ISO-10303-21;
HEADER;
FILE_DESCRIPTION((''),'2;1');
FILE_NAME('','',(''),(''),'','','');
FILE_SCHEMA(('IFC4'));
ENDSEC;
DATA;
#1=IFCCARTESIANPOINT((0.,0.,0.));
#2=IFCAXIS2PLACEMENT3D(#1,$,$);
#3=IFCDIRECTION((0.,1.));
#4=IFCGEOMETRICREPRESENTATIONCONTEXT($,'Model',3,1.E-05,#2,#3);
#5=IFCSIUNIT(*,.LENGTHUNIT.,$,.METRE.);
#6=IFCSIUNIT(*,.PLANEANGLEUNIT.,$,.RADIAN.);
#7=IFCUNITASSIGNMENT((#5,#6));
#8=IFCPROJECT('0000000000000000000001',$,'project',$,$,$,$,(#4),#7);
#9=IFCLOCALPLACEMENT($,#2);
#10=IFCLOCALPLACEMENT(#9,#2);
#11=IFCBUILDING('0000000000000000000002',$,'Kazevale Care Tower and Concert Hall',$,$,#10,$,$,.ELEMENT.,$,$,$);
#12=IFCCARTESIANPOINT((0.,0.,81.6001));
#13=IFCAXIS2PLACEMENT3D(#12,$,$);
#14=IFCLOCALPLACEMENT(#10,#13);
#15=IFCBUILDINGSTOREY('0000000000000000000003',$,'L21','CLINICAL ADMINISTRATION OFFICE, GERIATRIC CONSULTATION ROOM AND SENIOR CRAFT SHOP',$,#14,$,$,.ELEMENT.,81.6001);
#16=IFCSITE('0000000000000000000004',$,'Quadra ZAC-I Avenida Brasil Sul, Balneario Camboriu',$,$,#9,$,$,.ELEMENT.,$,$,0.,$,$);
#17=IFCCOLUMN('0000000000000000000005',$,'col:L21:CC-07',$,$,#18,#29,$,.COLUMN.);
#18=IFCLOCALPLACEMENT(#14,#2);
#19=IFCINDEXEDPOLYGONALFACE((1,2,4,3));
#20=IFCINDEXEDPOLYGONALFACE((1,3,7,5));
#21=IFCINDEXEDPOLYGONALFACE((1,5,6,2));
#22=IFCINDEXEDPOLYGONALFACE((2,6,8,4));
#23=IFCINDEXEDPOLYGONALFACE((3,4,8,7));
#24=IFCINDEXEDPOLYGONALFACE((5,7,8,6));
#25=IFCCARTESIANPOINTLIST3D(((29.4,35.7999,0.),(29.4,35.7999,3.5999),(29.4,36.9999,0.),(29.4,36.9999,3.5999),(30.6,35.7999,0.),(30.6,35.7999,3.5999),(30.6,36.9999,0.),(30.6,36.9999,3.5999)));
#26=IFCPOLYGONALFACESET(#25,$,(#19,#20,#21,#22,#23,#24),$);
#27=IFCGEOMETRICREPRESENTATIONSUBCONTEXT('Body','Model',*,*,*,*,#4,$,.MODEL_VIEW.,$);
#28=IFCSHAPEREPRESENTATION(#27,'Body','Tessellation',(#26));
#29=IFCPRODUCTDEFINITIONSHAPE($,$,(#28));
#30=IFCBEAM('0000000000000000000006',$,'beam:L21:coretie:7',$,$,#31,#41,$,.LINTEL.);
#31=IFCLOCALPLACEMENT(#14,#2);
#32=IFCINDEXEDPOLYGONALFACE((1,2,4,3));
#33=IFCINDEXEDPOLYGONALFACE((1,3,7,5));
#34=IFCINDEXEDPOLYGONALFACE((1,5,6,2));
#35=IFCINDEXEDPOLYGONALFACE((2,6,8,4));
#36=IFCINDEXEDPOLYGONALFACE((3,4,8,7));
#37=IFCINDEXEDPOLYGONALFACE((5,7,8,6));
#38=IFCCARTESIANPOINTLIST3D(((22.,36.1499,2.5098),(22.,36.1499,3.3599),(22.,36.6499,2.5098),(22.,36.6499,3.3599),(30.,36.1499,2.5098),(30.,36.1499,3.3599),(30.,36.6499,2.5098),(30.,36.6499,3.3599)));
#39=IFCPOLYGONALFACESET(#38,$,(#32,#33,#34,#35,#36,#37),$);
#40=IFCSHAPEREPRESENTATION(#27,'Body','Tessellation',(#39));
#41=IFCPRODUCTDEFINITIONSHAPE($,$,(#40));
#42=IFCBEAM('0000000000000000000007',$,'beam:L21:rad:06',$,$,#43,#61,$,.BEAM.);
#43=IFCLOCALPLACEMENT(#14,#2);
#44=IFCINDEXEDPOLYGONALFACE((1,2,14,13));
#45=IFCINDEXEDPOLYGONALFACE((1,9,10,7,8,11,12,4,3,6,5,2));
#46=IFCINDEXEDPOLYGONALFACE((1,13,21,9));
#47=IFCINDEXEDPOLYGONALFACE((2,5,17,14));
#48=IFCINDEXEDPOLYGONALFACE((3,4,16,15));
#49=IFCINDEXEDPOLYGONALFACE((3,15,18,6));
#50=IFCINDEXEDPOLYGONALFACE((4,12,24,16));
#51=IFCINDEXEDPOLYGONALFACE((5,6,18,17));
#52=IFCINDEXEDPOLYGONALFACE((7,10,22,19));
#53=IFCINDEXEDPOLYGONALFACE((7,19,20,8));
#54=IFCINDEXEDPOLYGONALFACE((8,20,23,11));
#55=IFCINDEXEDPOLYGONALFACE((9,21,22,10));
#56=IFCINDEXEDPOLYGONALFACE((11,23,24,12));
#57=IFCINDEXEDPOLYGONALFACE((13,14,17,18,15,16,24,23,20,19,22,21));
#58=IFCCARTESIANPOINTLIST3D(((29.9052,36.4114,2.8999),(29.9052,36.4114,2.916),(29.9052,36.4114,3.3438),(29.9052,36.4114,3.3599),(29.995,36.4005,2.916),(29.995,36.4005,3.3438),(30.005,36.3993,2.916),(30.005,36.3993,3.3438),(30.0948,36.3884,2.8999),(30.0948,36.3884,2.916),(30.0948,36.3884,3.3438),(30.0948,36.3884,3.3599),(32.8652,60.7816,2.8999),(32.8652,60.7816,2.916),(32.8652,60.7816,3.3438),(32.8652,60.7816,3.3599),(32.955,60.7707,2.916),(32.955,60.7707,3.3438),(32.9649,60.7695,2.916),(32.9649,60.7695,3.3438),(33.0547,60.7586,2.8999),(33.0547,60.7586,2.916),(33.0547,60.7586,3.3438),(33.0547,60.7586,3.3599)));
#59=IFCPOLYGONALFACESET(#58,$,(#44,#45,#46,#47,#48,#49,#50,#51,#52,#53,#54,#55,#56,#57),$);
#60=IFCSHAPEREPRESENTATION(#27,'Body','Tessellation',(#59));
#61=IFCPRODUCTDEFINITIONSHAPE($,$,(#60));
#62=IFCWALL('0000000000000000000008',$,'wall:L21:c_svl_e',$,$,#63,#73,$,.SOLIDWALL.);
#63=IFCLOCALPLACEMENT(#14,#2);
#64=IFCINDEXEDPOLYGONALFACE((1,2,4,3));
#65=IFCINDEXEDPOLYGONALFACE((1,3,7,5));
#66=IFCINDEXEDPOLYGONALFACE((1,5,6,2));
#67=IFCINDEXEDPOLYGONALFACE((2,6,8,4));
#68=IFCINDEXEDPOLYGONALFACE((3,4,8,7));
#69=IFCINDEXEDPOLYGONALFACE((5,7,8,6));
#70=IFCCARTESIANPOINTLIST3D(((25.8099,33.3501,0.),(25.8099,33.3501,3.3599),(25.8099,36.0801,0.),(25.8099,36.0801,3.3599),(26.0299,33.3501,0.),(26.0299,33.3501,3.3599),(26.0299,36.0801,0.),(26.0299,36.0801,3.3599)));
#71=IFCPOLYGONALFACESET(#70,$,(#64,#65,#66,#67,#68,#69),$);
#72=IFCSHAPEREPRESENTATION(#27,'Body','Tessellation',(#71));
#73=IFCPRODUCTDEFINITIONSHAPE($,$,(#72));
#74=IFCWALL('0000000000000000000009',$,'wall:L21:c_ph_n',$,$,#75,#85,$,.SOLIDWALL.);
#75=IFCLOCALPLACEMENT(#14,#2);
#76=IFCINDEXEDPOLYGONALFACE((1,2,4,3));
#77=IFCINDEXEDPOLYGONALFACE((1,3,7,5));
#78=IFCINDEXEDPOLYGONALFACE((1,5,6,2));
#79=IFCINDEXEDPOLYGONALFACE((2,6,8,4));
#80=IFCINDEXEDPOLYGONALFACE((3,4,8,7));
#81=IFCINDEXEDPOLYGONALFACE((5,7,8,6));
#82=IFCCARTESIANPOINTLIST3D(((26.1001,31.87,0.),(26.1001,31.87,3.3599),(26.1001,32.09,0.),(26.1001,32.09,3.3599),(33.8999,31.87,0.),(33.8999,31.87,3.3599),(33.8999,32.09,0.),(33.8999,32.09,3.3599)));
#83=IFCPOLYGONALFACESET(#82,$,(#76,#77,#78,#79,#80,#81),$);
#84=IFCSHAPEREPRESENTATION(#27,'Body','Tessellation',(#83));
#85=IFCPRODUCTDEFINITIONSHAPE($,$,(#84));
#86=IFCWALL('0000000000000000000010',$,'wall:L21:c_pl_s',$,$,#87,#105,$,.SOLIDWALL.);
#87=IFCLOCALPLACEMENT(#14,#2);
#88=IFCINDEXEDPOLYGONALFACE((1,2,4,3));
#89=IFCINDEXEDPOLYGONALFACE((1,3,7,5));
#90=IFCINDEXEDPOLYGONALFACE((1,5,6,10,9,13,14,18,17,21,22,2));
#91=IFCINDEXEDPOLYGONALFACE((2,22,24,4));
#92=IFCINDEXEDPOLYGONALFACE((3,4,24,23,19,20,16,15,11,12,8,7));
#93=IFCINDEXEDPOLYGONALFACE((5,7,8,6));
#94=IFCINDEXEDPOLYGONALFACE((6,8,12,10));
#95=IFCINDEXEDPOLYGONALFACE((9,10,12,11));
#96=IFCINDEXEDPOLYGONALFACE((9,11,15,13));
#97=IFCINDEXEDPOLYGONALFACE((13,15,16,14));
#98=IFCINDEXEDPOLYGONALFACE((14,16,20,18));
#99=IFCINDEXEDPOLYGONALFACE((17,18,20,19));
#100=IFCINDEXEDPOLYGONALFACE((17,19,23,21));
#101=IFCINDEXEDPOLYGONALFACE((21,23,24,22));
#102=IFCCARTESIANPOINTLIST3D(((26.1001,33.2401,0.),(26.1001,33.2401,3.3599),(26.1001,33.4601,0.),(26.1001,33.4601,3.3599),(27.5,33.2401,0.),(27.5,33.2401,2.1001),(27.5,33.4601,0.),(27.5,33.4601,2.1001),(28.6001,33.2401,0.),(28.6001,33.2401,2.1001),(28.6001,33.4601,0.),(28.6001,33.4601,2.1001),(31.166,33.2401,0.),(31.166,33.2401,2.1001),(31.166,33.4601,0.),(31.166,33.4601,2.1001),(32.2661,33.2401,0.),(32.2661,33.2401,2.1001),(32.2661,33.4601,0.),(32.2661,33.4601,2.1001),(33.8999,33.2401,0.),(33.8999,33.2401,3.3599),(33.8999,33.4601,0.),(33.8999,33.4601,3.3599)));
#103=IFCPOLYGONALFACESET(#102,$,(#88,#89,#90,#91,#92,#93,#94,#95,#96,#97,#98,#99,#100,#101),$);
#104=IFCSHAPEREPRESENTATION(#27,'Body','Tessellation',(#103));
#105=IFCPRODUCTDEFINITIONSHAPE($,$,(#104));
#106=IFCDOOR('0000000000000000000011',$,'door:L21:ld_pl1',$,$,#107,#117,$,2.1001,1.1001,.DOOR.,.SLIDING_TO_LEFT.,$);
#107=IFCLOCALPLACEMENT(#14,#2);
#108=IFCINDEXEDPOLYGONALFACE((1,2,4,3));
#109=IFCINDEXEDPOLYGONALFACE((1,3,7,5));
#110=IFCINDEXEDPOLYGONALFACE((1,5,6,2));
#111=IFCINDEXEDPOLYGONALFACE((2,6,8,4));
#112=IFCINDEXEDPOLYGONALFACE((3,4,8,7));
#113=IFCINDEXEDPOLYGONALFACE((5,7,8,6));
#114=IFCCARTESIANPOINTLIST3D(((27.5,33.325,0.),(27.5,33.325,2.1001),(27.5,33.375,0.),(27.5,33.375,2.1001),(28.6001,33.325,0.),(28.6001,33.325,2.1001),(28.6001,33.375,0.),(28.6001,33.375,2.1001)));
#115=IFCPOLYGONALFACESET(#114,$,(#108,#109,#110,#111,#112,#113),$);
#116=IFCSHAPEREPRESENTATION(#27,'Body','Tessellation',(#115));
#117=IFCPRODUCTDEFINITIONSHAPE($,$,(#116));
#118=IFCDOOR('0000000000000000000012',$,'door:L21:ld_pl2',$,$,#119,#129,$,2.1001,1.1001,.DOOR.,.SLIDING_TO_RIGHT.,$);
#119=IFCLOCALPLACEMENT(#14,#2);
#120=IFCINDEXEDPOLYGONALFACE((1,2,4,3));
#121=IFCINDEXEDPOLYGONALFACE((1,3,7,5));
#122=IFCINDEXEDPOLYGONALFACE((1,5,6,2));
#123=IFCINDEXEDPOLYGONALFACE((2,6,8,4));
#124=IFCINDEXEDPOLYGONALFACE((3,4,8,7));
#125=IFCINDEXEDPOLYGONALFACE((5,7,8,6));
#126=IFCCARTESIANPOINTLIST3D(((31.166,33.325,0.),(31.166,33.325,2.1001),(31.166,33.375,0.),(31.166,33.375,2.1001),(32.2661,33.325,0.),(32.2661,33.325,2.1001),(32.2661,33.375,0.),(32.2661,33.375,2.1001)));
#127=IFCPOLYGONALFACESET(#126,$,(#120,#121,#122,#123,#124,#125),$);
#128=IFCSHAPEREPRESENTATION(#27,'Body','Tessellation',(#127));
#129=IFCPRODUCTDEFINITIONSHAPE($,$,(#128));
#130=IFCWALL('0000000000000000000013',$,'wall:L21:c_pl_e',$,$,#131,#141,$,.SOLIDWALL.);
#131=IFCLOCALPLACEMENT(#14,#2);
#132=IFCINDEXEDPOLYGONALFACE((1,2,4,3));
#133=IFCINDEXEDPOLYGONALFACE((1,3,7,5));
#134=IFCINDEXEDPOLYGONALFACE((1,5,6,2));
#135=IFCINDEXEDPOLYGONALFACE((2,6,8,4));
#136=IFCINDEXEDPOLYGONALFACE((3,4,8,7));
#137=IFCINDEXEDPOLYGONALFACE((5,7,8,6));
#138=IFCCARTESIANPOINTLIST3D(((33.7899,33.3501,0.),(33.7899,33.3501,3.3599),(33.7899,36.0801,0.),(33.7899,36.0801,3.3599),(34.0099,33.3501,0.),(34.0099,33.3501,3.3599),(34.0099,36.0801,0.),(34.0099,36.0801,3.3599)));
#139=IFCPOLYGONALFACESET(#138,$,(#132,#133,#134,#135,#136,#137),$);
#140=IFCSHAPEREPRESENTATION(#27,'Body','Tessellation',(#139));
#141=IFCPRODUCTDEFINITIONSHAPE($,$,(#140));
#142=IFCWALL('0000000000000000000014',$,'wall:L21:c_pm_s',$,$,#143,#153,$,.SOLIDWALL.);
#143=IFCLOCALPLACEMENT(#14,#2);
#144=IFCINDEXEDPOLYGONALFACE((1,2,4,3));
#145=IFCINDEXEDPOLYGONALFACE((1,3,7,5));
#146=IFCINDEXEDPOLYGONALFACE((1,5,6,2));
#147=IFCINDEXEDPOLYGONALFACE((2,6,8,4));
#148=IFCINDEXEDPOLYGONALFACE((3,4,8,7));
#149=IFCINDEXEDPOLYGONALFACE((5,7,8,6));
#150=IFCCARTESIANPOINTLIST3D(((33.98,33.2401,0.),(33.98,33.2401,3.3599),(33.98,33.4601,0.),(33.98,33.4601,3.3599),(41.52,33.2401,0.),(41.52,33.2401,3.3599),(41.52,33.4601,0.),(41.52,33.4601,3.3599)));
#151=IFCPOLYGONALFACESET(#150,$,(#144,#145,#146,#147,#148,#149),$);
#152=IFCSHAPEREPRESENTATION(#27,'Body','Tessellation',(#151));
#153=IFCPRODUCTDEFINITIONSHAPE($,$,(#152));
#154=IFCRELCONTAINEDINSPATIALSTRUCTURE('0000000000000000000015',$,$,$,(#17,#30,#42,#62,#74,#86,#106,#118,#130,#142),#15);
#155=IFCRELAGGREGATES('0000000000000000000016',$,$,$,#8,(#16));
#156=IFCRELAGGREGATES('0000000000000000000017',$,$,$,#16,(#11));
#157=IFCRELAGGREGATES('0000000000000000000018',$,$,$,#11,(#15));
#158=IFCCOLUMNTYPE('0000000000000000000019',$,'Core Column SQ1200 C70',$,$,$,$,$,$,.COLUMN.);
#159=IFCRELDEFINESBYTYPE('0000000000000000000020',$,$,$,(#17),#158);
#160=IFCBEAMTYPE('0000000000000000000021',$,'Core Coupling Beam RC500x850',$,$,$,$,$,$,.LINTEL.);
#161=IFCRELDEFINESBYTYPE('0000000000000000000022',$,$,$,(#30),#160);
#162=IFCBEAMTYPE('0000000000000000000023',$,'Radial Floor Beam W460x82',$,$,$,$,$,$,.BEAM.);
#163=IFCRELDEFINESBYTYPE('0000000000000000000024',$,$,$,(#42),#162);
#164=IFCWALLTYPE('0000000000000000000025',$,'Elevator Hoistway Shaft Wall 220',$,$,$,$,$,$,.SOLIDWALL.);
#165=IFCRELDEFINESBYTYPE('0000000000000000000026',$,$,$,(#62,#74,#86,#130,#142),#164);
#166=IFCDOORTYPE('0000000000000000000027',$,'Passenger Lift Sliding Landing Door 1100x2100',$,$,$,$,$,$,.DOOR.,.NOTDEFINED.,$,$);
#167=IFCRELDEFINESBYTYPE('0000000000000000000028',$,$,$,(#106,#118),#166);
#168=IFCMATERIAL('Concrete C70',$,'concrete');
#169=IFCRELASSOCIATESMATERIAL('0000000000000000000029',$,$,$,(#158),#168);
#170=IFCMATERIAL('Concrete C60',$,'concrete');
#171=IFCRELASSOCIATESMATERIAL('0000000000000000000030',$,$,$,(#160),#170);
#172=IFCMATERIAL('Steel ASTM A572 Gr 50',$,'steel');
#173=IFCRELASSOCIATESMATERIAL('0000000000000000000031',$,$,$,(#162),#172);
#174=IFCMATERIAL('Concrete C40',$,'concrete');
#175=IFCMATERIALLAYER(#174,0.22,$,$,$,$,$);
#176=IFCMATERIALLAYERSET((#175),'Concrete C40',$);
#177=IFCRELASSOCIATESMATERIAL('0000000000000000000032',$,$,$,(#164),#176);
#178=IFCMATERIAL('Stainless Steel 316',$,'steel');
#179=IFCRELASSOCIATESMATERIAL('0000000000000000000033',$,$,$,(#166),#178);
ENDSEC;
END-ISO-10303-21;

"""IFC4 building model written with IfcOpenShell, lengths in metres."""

from ifc_helpers import new_model, si_unit, direction, frame, frame_2d, origin, origin_2d, place, context, subcontext, project, spatial, rectangle, i_section, extrude, material, layer, layer_set, material_profile, profile_set, type_object, element, fill, save


model = new_model("IFC4")

# Units and contexts
model_context = context("Model", 3, precision=1e-05, world=origin(), true_north=direction((0.0, 1.0)))
body_context = subcontext(model_context, "Body", "Model", "MODEL_VIEW")
ifc_project = project(units=[si_unit("LENGTHUNIT", "METRE"), si_unit("PLANEANGLEUNIT", "RADIAN")], contexts=[model_context])

# Site, building, storey
site_placement = place(None, origin())
site = spatial("IfcSite", under=ifc_project, at=site_placement, Name="Quadra ZAC-I Avenida Brasil Sul, Balneario Camboriu", CompositionType="ELEMENT", RefElevation=0.0)
building_placement = place(site_placement, origin())
building = spatial("IfcBuilding", under=site, at=building_placement, Name="Kazevale Care Tower and Concert Hall", CompositionType="ELEMENT")
storey_placement = place(building_placement, frame((0.0, 0.0, 81.6001)))
storey = spatial("IfcBuildingStorey", under=building, at=storey_placement, Name="L21", Description="CLINICAL ADMINISTRATION OFFICE, GERIATRIC CONSULTATION ROOM AND SENIOR CRAFT SHOP", CompositionType="ELEMENT", Elevation=81.6001)

# Column
ifc_material_1 = material(Name="Concrete C70", Category="concrete")
ifc_material_profile_1 = material_profile(ifc_material_1, rectangle(XDim=1.2, YDim=1.2, at=origin_2d()), Name="RC-SQ1200")
ifc_profile_set_1 = profile_set([ifc_material_profile_1], Name="Concrete C70")
column_type = type_object("IfcColumnType", Name="Core Column SQ1200 C70", PredefinedType="COLUMN", material=ifc_profile_set_1)
column_placement = place(storey_placement, frame((30.0, 36.3999, 0.0), z_axis=(0.0, 0.0, 1.0), x_axis=(1.0, 0.0, 0.0)))
element("IfcColumn", 1, at=column_placement, inside=storey, type_object=column_type, Name="col:L21:CC-07", PredefinedType="COLUMN", context=body_context, shape_type="SweptSolid", body=[
    extrude(rectangle(XDim=1.2, YDim=1.2, at=origin_2d()), origin(), (0.0, 0.0, 1.0), 3.5999),
])

# Beams
ifc_material_2 = material(Name="Concrete C60", Category="concrete")
ifc_material_profile_2 = material_profile(ifc_material_2, rectangle(XDim=0.5, YDim=0.8501, at=origin_2d()), Name="RC-B500x850")
ifc_profile_set_2 = profile_set([ifc_material_profile_2], Name="Concrete C60")
beam_type_1 = type_object("IfcBeamType", Name="Core Coupling Beam RC500x850", PredefinedType="LINTEL", material=ifc_profile_set_2)
beam_1_placement = place(storey_placement, frame((30.0, 36.3999, 2.9348), z_axis=(-1.0, 0.0, 0.0), x_axis=(0.0, -1.0, 0.0)))
element("IfcBeam", 2, at=beam_1_placement, inside=storey, type_object=beam_type_1, Name="beam:L21:coretie:7", PredefinedType="LINTEL", context=body_context, shape_type="SweptSolid", body=[
    extrude(rectangle(XDim=0.5, YDim=0.8501, at=origin_2d()), origin(), (0.0, 0.0, 1.0), 8.0),
])
ifc_material_3 = material(Name="Steel ASTM A572 Gr 50", Category="steel")
ifc_material_profile_3 = material_profile(ifc_material_3, i_section(OverallWidth=0.1909, OverallDepth=0.46, WebThickness=0.01, FlangeThickness=0.0161, at=origin_2d()), Name="W460x82")
ifc_profile_set_3 = profile_set([ifc_material_profile_3], Name="Steel ASTM A572 Gr 50")
beam_type_2 = type_object("IfcBeamType", Name="Radial Floor Beam W460x82", PredefinedType="BEAM", material=ifc_profile_set_3)
beam_2_placement = place(storey_placement, frame((30.0, 36.3999, 3.1299), z_axis=(0.120573, 0.992705, 0.0), x_axis=(-0.992705, 0.120573, 0.0)))
element("IfcBeam", 3, at=beam_2_placement, inside=storey, type_object=beam_type_2, Name="beam:L21:rad:06", PredefinedType="BEAM", context=body_context, shape_type="SweptSolid", body=[
    extrude(i_section(OverallWidth=0.1909, OverallDepth=0.46, WebThickness=0.01, FlangeThickness=0.0161, at=origin_2d()), origin(), (0.0, 0.0, 1.0), 24.5493),
])

# Walls
ifc_material_4 = material(Name="Concrete C40", Category="concrete")
ifc_layer_1 = layer(ifc_material_4, 0.22)
ifc_layer_set_1 = layer_set([ifc_layer_1], Name="Concrete C40")
wall_type_1 = type_object("IfcWallType", Name="Elevator Hoistway Shaft Wall 220", PredefinedType="SOLIDWALL", material=ifc_layer_set_1)
wall_1_placement = place(storey_placement, frame((25.9199, 33.3501, 0.0), z_axis=(0.0, 0.0, 1.0), x_axis=(0.0, 1.0, 0.0)))
element("IfcWall", 4, at=wall_1_placement, inside=storey, type_object=wall_type_1, Name="wall:L21:c_svl_e", PredefinedType="SOLIDWALL", context=body_context, shape_type="SweptSolid", body=[
    extrude(rectangle(XDim=2.73, YDim=0.22, at=frame_2d((1.365, 0.0))), origin(), (0.0, 0.0, 1.0), 3.3599),
])
wall_2_placement = place(storey_placement, frame((26.1001, 31.98, 0.0), z_axis=(0.0, 0.0, 1.0), x_axis=(1.0, 0.0, 0.0)))
element("IfcWall", 5, at=wall_2_placement, inside=storey, type_object=wall_type_1, Name="wall:L21:c_ph_n", PredefinedType="SOLIDWALL", context=body_context, shape_type="SweptSolid", body=[
    extrude(rectangle(XDim=7.7998, YDim=0.22, at=frame_2d((3.8999, 0.0))), origin(), (0.0, 0.0, 1.0), 3.3599),
])

# Wall, openings, doors
wall_3_placement = place(storey_placement, frame((26.1001, 33.3501, 0.0), z_axis=(0.0, 0.0, 1.0), x_axis=(1.0, 0.0, 0.0)))
wall_3 = element("IfcWall", 6, at=wall_3_placement, inside=storey, type_object=wall_type_1, Name="wall:L21:c_pl_s", PredefinedType="SOLIDWALL", context=body_context, shape_type="SweptSolid", body=[
    extrude(rectangle(XDim=7.7998, YDim=0.22, at=frame_2d((3.8999, 0.0))), origin(), (0.0, 0.0, 1.0), 3.3599),
])
opening_1_placement = place(wall_3_placement, frame((1.3999, 0.0, 0.0)))
opening_1 = element("IfcOpeningElement", 7, at=opening_1_placement, cuts=wall_3, PredefinedType="OPENING", context=body_context, shape_type="SweptSolid", body=[
    extrude(rectangle(XDim=1.1001, YDim=2.1001, at=frame_2d((0.55, 1.05))), frame((0.0, 0.1199, 0.0), z_axis=(0.0, -1.0, 0.0), x_axis=(1.0, 0.0, 0.0)), (0.0, 0.0, 1.0), 0.24),
])
opening_2_placement = place(wall_3_placement, frame((5.0659, 0.0, 0.0)))
opening_2 = element("IfcOpeningElement", 8, at=opening_2_placement, cuts=wall_3, PredefinedType="OPENING", context=body_context, shape_type="SweptSolid", body=[
    extrude(rectangle(XDim=1.1001, YDim=2.1001, at=frame_2d((0.55, 1.05))), frame((0.0, 0.1199, 0.0), z_axis=(0.0, -1.0, 0.0), x_axis=(1.0, 0.0, 0.0)), (0.0, 0.0, 1.0), 0.24),
])
ifc_material_5 = material(Name="Stainless Steel 316", Category="steel")
door_type_1 = type_object("IfcDoorType", Name="Passenger Lift Sliding Landing Door 1100x2100", OperationType="NOTDEFINED", PredefinedType="DOOR", material=ifc_material_5)
door_1_placement = place(opening_1_placement, origin())
door_1 = element("IfcDoor", 9, at=door_1_placement, inside=storey, type_object=door_type_1, Name="door:L21:ld_pl1", OperationType="SLIDING_TO_LEFT", OverallHeight=2.1001, OverallWidth=1.1001, PredefinedType="DOOR", context=body_context, shape_type="SweptSolid", body=[
    extrude(rectangle(XDim=1.1001, YDim=2.1001, at=frame_2d((0.55, 1.05))), frame((0.0, 0.0249, 0.0), z_axis=(0.0, -1.0, 0.0), x_axis=(1.0, 0.0, 0.0)), (0.0, 0.0, 1.0), 0.05),
])
fill(opening_1, door_1)
door_2_placement = place(opening_2_placement, origin())
door_2 = element("IfcDoor", 10, at=door_2_placement, inside=storey, type_object=door_type_1, Name="door:L21:ld_pl2", OperationType="SLIDING_TO_RIGHT", OverallHeight=2.1001, OverallWidth=1.1001, PredefinedType="DOOR", context=body_context, shape_type="SweptSolid", body=[
    extrude(rectangle(XDim=1.1001, YDim=2.1001, at=frame_2d((0.55, 1.05))), frame((0.0, 0.0249, 0.0), z_axis=(0.0, -1.0, 0.0), x_axis=(1.0, 0.0, 0.0)), (0.0, 0.0, 1.0), 0.05),
])
fill(opening_2, door_2)

# Walls
wall_4_placement = place(storey_placement, frame((33.8999, 33.3501, 0.0), z_axis=(0.0, 0.0, 1.0), x_axis=(0.0, 1.0, 0.0)))
element("IfcWall", 11, at=wall_4_placement, inside=storey, type_object=wall_type_1, Name="wall:L21:c_pl_e", PredefinedType="SOLIDWALL", context=body_context, shape_type="SweptSolid", body=[
    extrude(rectangle(XDim=2.73, YDim=0.22, at=frame_2d((1.365, 0.0))), origin(), (0.0, 0.0, 1.0), 3.3599),
])
wall_5_placement = place(storey_placement, frame((33.98, 33.3501, 0.0), z_axis=(0.0, 0.0, 1.0), x_axis=(1.0, 0.0, 0.0)))
element("IfcWall", 12, at=wall_5_placement, inside=storey, type_object=wall_type_1, Name="wall:L21:c_pm_s", PredefinedType="SOLIDWALL", context=body_context, shape_type="SweptSolid", body=[
    extrude(rectangle(XDim=7.54, YDim=0.22, at=frame_2d((3.77, 0.0))), origin(), (0.0, 0.0, 1.0), 3.3599),
])

save(model, "model.ifc")
